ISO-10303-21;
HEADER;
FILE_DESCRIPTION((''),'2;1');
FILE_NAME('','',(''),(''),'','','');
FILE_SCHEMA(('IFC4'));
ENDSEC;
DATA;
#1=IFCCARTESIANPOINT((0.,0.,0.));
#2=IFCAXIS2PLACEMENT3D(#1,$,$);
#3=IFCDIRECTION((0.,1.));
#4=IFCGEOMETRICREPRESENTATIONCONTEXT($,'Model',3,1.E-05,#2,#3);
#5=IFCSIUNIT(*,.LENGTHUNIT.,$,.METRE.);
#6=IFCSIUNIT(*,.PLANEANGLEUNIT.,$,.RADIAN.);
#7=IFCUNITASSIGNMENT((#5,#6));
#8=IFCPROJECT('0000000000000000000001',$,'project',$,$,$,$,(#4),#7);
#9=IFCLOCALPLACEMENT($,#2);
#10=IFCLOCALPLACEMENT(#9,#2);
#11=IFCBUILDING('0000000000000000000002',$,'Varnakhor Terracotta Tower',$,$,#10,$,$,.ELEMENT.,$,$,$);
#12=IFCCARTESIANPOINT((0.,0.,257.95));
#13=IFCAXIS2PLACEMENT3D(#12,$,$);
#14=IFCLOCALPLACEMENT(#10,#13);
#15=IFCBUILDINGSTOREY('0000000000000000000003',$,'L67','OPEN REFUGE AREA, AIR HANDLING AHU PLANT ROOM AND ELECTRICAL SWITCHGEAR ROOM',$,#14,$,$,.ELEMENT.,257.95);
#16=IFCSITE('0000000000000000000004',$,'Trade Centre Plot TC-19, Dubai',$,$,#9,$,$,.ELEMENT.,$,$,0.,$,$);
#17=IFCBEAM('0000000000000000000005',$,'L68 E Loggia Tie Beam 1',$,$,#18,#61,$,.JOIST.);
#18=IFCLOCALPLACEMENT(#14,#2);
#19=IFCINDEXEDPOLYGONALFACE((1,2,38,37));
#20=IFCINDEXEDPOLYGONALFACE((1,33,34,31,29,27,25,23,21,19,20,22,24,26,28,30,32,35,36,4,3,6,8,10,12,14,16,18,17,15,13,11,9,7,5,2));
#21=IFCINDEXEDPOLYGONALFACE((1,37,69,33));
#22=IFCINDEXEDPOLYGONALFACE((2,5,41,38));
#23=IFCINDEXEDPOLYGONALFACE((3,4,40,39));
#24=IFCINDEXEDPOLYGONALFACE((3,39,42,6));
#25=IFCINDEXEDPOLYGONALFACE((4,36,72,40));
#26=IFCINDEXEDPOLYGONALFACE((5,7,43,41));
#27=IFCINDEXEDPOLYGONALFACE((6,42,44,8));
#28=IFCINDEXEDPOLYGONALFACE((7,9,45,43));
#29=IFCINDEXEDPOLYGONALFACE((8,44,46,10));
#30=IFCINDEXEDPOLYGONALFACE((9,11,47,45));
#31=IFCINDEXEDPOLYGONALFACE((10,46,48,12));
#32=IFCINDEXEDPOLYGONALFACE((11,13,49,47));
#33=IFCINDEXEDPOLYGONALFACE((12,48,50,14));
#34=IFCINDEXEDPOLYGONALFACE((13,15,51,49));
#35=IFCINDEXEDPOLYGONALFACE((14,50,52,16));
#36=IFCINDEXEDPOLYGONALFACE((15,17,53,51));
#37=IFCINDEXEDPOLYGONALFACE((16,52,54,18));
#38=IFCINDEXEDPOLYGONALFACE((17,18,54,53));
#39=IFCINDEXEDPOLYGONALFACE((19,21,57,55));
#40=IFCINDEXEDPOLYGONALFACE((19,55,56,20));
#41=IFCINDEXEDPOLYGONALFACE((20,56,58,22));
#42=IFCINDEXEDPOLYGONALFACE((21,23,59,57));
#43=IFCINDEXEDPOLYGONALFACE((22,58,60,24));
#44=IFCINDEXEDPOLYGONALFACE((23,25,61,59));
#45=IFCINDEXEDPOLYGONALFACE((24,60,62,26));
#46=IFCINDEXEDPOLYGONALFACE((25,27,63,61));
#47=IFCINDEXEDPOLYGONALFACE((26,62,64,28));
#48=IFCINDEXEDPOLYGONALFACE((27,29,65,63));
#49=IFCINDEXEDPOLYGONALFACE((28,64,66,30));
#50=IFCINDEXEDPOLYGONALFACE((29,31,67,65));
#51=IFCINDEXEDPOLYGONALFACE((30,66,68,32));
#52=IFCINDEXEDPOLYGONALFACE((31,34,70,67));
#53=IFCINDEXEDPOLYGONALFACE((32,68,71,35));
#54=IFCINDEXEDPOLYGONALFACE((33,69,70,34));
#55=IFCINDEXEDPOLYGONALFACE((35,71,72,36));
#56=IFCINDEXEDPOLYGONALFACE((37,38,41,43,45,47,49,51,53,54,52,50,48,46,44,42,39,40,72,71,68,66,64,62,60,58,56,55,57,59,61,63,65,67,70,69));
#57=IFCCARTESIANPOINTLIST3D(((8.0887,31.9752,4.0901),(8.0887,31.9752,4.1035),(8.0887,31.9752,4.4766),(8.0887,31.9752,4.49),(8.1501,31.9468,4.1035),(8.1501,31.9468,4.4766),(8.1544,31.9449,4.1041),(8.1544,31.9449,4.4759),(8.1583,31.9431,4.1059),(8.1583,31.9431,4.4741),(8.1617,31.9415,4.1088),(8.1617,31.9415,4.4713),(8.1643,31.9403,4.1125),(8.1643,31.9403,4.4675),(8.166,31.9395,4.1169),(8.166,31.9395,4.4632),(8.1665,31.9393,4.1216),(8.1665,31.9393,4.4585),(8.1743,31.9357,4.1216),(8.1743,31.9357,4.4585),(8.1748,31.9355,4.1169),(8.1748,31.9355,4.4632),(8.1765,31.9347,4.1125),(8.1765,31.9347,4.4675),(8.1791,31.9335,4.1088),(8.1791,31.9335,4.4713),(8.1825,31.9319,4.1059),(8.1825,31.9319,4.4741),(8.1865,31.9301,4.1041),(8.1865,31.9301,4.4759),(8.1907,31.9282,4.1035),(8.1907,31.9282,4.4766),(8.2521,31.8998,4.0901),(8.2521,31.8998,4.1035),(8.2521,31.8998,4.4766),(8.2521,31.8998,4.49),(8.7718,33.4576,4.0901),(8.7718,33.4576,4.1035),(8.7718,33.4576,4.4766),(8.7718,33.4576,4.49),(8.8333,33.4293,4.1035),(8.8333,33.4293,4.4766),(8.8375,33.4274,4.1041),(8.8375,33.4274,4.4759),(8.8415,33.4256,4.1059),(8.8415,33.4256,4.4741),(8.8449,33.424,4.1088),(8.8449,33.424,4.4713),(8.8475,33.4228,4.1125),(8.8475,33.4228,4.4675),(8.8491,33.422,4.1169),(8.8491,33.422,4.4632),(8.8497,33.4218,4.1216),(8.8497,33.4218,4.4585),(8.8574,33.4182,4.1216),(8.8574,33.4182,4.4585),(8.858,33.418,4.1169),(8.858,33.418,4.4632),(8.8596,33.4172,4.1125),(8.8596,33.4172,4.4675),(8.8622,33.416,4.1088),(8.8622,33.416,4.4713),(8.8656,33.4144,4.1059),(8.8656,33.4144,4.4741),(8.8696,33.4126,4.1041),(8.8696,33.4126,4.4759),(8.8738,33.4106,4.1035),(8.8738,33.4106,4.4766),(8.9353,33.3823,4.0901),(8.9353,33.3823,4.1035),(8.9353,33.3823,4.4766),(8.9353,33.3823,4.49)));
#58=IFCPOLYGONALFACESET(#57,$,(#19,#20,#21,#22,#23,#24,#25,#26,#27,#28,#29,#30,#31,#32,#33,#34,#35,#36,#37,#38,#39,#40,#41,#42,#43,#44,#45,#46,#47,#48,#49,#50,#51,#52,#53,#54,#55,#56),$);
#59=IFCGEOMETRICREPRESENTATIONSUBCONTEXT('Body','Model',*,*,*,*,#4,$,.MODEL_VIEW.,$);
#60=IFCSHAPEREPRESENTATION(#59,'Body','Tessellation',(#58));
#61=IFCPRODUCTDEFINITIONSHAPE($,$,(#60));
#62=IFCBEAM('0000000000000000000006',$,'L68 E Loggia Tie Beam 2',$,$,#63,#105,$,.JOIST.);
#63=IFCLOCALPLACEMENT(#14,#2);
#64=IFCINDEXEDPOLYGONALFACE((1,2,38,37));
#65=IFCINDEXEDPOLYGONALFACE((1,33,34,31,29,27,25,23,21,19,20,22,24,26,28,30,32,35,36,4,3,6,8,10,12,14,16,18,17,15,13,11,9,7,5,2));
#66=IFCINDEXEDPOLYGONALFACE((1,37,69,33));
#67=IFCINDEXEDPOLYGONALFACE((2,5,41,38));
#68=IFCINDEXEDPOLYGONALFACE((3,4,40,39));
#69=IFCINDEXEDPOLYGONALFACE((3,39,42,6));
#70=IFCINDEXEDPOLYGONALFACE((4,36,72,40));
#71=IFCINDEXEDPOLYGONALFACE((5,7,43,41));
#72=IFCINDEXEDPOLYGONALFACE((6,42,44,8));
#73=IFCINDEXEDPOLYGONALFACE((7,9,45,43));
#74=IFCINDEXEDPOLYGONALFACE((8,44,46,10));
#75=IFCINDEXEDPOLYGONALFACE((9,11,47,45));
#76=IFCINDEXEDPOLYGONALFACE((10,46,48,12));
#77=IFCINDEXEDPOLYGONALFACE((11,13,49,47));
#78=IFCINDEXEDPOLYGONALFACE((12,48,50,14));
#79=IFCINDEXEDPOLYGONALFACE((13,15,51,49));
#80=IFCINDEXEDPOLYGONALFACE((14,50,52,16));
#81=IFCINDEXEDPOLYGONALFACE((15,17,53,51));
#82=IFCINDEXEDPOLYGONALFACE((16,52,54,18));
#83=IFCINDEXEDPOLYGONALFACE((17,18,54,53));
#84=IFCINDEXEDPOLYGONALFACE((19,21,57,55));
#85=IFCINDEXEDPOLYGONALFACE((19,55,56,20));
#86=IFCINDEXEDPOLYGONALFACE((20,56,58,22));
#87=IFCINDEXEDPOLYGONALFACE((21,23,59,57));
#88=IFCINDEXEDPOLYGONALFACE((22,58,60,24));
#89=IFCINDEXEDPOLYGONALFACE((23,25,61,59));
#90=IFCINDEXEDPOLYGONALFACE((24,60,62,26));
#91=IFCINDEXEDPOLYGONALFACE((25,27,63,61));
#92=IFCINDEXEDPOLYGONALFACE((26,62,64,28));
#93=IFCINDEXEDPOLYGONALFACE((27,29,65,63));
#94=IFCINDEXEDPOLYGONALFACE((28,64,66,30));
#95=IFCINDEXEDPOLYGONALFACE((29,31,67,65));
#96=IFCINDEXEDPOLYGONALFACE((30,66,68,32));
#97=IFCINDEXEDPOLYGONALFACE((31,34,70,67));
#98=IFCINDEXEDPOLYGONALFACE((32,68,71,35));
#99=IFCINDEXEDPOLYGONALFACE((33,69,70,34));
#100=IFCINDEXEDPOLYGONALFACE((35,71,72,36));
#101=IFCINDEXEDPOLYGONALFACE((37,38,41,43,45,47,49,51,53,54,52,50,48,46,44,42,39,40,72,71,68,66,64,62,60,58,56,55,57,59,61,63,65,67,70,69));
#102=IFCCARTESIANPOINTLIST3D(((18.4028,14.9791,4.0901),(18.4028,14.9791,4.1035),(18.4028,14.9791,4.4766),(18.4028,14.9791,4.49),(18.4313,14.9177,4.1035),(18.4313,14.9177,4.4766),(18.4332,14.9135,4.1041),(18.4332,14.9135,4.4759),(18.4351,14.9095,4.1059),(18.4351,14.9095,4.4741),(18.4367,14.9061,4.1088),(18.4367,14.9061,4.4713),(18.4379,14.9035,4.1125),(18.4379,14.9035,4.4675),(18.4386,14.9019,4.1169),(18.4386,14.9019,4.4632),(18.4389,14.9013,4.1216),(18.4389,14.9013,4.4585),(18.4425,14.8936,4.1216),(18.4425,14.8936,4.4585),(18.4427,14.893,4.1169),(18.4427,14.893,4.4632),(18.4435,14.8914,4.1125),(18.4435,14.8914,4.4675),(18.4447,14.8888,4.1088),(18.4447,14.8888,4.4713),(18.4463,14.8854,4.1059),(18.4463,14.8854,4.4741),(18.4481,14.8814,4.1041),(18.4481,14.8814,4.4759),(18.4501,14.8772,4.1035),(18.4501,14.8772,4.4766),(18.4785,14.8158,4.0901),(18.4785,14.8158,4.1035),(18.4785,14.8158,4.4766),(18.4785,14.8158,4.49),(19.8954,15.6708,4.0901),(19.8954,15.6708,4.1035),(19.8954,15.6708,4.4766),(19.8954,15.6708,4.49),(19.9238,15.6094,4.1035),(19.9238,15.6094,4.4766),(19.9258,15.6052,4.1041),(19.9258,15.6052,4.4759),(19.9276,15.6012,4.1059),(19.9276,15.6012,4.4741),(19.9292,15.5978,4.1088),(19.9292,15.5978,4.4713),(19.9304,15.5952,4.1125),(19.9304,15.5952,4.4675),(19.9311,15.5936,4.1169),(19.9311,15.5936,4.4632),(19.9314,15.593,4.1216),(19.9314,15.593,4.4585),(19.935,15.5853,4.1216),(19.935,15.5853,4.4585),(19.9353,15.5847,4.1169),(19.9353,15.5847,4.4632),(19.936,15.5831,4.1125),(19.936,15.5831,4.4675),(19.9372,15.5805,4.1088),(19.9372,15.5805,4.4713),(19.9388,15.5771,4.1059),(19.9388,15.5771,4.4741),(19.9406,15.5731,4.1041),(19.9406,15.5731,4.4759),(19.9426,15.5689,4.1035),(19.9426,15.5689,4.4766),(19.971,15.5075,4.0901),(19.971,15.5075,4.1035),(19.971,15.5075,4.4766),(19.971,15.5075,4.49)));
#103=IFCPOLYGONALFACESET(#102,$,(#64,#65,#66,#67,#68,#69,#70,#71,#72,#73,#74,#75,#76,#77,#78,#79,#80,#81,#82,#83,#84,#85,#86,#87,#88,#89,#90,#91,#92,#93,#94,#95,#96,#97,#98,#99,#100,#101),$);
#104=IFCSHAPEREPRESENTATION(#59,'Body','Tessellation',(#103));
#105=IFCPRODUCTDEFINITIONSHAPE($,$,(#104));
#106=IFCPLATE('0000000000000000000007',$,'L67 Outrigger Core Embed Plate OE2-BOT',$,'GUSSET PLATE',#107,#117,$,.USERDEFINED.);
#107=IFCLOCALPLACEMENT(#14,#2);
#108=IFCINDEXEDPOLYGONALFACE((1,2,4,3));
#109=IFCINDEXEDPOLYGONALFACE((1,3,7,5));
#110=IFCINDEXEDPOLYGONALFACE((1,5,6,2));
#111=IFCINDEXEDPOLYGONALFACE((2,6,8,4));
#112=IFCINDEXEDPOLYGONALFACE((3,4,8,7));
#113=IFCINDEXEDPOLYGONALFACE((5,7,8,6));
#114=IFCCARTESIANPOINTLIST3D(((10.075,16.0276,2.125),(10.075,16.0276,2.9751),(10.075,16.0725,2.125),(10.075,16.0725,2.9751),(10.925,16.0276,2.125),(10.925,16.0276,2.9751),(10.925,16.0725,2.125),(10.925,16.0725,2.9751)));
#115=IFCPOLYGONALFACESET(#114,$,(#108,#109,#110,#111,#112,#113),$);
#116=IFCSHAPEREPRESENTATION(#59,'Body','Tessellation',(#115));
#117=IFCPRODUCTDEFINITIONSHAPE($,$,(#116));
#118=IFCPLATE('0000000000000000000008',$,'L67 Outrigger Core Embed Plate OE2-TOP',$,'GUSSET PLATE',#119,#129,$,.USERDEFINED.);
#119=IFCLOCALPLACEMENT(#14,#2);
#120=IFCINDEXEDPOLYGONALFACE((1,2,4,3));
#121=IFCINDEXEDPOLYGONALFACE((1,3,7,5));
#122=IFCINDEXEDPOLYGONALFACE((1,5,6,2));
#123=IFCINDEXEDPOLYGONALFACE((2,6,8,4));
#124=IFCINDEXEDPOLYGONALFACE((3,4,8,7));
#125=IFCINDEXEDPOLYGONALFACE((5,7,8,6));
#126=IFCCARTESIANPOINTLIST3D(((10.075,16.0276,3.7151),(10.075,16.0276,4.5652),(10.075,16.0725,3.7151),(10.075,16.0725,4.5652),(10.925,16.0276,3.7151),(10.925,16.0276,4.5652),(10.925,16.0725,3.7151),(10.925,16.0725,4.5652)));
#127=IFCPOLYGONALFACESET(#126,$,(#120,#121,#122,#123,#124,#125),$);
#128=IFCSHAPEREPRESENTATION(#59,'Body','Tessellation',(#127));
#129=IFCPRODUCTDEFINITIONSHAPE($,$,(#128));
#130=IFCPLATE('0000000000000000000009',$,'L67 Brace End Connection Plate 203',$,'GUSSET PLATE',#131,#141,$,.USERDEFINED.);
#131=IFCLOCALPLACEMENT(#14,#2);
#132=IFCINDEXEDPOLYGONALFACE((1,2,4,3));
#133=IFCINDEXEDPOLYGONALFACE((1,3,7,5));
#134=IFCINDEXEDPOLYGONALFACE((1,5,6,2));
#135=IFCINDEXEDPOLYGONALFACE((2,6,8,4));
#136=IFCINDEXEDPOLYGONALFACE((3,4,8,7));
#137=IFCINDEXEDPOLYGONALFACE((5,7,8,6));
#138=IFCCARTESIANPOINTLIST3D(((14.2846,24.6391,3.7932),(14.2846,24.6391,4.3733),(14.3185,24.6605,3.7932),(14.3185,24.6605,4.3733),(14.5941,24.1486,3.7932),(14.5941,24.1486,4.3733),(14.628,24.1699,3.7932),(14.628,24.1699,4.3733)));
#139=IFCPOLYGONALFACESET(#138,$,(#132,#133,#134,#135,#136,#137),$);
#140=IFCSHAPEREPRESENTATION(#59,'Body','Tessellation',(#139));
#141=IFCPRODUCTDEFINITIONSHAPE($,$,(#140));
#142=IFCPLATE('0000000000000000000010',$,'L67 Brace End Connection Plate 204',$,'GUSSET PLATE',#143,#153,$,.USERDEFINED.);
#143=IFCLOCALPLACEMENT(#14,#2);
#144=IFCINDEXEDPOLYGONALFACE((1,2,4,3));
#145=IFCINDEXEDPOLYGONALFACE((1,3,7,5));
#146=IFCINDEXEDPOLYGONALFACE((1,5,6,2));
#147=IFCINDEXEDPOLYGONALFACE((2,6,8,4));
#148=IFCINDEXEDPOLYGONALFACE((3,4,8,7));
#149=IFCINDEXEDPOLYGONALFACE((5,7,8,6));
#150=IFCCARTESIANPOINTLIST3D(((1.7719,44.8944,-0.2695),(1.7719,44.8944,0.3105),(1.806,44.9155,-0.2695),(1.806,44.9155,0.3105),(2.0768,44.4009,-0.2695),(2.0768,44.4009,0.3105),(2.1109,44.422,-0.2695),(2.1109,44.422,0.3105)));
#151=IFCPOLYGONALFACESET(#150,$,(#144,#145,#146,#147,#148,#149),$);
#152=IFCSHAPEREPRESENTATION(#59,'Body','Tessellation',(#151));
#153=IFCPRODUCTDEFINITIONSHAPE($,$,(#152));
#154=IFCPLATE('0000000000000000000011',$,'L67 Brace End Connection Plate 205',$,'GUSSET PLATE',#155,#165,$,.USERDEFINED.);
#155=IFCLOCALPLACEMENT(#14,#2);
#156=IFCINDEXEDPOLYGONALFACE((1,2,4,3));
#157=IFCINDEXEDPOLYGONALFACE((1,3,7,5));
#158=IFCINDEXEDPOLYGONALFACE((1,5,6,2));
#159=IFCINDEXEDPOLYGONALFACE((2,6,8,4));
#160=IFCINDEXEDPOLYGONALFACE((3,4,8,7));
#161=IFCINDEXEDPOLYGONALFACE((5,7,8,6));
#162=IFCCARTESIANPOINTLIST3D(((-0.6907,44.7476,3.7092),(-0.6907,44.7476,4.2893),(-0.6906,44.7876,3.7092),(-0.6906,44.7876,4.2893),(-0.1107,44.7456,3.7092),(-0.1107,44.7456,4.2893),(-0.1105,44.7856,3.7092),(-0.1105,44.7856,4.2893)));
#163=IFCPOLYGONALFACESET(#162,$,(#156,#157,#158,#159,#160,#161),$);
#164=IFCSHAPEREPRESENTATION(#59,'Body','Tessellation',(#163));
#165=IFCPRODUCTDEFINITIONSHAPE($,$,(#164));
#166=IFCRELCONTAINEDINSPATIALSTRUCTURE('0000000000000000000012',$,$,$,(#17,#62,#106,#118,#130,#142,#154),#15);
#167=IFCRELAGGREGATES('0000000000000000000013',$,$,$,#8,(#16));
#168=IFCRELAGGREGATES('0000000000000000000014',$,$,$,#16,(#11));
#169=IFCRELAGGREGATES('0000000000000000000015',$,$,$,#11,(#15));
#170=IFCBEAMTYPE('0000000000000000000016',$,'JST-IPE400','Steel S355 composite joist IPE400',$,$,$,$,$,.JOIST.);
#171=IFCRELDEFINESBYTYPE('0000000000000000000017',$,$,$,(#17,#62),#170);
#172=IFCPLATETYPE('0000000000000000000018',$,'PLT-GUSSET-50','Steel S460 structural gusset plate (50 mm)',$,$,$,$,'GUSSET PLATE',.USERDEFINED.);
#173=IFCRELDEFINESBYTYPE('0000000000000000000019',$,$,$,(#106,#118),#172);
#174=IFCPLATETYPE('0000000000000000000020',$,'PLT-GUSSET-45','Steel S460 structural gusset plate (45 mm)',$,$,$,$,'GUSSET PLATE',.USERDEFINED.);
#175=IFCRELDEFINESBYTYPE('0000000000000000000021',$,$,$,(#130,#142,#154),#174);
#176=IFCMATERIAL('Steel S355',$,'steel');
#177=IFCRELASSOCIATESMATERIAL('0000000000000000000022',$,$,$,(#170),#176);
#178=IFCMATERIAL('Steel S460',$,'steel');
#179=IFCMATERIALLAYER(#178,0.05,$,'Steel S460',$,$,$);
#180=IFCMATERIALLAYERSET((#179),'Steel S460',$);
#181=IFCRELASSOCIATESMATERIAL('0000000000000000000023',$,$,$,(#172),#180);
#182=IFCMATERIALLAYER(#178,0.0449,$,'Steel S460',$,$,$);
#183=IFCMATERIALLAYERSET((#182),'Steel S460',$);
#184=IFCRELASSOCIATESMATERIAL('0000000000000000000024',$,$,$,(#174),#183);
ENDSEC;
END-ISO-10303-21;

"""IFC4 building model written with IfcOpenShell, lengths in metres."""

from ifc_helpers import new_model, si_unit, direction, frame, origin, origin_2d, place, context, subcontext, project, spatial, rectangle, i_section, extrude, source, transform, mapped, material, layer, layer_set, material_profile, profile_set, type_object, element, save


model = new_model("IFC4")

# Units and contexts
model_context = context("Model", 3, precision=1e-05, world=origin(), true_north=direction((0.0, 1.0)))
body_context = subcontext(model_context, "Body", "Model", "MODEL_VIEW")
ifc_project = project(units=[si_unit("LENGTHUNIT", "METRE"), si_unit("PLANEANGLEUNIT", "RADIAN")], contexts=[model_context])

# Site, building, storey
site_placement = place(None, origin())
site = spatial("IfcSite", under=ifc_project, at=site_placement, Name="Trade Centre Plot TC-19, Dubai", CompositionType="ELEMENT", RefElevation=0.0)
building_placement = place(site_placement, origin())
building = spatial("IfcBuilding", under=site, at=building_placement, Name="Varnakhor Terracotta Tower", CompositionType="ELEMENT")
storey_placement = place(building_placement, frame((0.0, 0.0, 257.95)))
storey = spatial("IfcBuildingStorey", under=building, at=storey_placement, Name="L67", Description="OPEN REFUGE AREA, AIR HANDLING AHU PLANT ROOM AND ELECTRICAL SWITCHGEAR ROOM", CompositionType="ELEMENT", Elevation=257.95)

# Shared definitions
ifc_material_1 = material(Name="Steel S460", Category="steel")

# Shared definitions
ifc_material_2 = material(Name="Steel S355", Category="steel")

# Beams
ifc_material_profile_1 = material_profile(ifc_material_2, i_section(OverallWidth=0.1799, OverallDepth=0.3999, WebThickness=0.0085, FlangeThickness=0.0134, FilletRadius=0.0181, at=origin_2d()), Name="IPE400")
ifc_profile_set_1 = profile_set([ifc_material_profile_1], Name="Steel S355")
beam_type_1 = type_object("IfcBeamType", Name="JST-IPE400", Description="Steel S355 composite joist IPE400", PredefinedType="JOIST", material=ifc_profile_set_1)
shared_shape_1 = source(origin(), body_context, "Body", "SweptSolid", [
    extrude(i_section(OverallWidth=0.1799, OverallDepth=0.3999, WebThickness=0.0085, FlangeThickness=0.0134, FilletRadius=0.0181, at=origin_2d()), origin(), (0.0, 0.0, 1.0), 1.6323),
])
beam_1_placement = place(storey_placement, frame((8.1704, 31.9375, 4.29), z_axis=(0.418508, 0.908213, 0.0), x_axis=(-0.908213, 0.418508, 0.0)))
element("IfcBeam", 1, at=beam_1_placement, inside=storey, type_object=beam_type_1, Name="L68 E Loggia Tie Beam 1", PredefinedType="JOIST", context=body_context, shape_type="MappedRepresentation", body=[
    mapped(shared_shape_1, transform((0.0, 0.0, 0.0), scale=1.0)),
])
shared_shape_2 = source(origin(), body_context, "Body", "SweptSolid", [
    extrude(i_section(OverallWidth=0.1799, OverallDepth=0.3999, WebThickness=0.0085, FlangeThickness=0.0134, FilletRadius=0.0181, at=origin_2d()), origin(), (0.0, 0.0, 1.0), 1.645),
])
beam_2_placement = place(storey_placement, frame((18.4407, 14.8975, 4.29), z_axis=(0.907302, 0.420479, 0.0), x_axis=(-0.420479, 0.907302, 0.0)))
element("IfcBeam", 2, at=beam_2_placement, inside=storey, type_object=beam_type_1, Name="L68 E Loggia Tie Beam 2", PredefinedType="JOIST", context=body_context, shape_type="MappedRepresentation", body=[
    mapped(shared_shape_2, transform((0.0, 0.0, 0.0), scale=1.0)),
])

# Plates
ifc_layer_1 = layer(ifc_material_1, 0.05, Name="Steel S460")
ifc_layer_set_1 = layer_set([ifc_layer_1], Name="Steel S460")
plate_type_1 = type_object("IfcPlateType", Name="PLT-GUSSET-50", Description="Steel S460 structural gusset plate (50 mm)", ElementType="GUSSET PLATE", PredefinedType="USERDEFINED", material=ifc_layer_set_1)
shared_shape_3 = source(origin(), body_context, "Body", "SweptSolid", [
    extrude(rectangle(XDim=0.8501, YDim=0.0449, at=origin_2d()), origin(), (0.0, 0.0, 1.0), 0.8501),
])
for number, where, z_axis, x_axis, name in (
    (3, (10.5, 16.05, 2.125), (0.0, 0.0, 1.0), (1.0, 0.0, 0.0), "L67 Outrigger Core Embed Plate OE2-BOT"),
    (4, (10.5, 16.05, 3.7151), (0.0, 0.0, 1.0), (1.0, 0.0, 0.0), "L67 Outrigger Core Embed Plate OE2-TOP"),
):
    element("IfcPlate", number, at=place(storey_placement, frame(where, z_axis=z_axis, x_axis=x_axis)), inside=storey, type_object=plate_type_1, Name=name, ObjectType="GUSSET PLATE", PredefinedType="USERDEFINED", context=body_context, shape_type="MappedRepresentation", body=[
        mapped(shared_shape_3, transform((0.0, 0.0, 0.0), scale=1.0)),
    ])
ifc_layer_2 = layer(ifc_material_1, 0.0449, Name="Steel S460")
ifc_layer_set_2 = layer_set([ifc_layer_2], Name="Steel S460")
plate_type_2 = type_object("IfcPlateType", Name="PLT-GUSSET-45", Description="Steel S460 structural gusset plate (45 mm)", ElementType="GUSSET PLATE", PredefinedType="USERDEFINED", material=ifc_layer_set_2)
shared_shape_4 = source(origin(), body_context, "Body", "SweptSolid", [
    extrude(rectangle(XDim=0.5801, YDim=0.04, at=origin_2d()), origin(), (0.0, 0.0, 1.0), 0.5801),
])
for number, where, z_axis, x_axis, name in (
    (5, (14.4563, 24.4045, 3.7932), (0.0, 0.0, 1.0), (-0.533629, 0.845719, 0.0), "L67 Brace End Connection Plate 203"),
    (6, (1.9414, 44.6582, -0.2695), (0.0, 0.0, 1.0), (0.52562, -0.850719, 0.0), "L67 Brace End Connection Plate 204"),
    (7, (-0.4006, 44.7666, 3.7092), (0.0, 0.0, 1.0), (-0.999994, 0.003421, 0.0), "L67 Brace End Connection Plate 205"),
):
    element("IfcPlate", number, at=place(storey_placement, frame(where, z_axis=z_axis, x_axis=x_axis)), inside=storey, type_object=plate_type_2, Name=name, ObjectType="GUSSET PLATE", PredefinedType="USERDEFINED", context=body_context, shape_type="MappedRepresentation", body=[
        mapped(shared_shape_4, transform((0.0, 0.0, 0.0), scale=1.0)),
    ])

save(model, "model.ifc")
